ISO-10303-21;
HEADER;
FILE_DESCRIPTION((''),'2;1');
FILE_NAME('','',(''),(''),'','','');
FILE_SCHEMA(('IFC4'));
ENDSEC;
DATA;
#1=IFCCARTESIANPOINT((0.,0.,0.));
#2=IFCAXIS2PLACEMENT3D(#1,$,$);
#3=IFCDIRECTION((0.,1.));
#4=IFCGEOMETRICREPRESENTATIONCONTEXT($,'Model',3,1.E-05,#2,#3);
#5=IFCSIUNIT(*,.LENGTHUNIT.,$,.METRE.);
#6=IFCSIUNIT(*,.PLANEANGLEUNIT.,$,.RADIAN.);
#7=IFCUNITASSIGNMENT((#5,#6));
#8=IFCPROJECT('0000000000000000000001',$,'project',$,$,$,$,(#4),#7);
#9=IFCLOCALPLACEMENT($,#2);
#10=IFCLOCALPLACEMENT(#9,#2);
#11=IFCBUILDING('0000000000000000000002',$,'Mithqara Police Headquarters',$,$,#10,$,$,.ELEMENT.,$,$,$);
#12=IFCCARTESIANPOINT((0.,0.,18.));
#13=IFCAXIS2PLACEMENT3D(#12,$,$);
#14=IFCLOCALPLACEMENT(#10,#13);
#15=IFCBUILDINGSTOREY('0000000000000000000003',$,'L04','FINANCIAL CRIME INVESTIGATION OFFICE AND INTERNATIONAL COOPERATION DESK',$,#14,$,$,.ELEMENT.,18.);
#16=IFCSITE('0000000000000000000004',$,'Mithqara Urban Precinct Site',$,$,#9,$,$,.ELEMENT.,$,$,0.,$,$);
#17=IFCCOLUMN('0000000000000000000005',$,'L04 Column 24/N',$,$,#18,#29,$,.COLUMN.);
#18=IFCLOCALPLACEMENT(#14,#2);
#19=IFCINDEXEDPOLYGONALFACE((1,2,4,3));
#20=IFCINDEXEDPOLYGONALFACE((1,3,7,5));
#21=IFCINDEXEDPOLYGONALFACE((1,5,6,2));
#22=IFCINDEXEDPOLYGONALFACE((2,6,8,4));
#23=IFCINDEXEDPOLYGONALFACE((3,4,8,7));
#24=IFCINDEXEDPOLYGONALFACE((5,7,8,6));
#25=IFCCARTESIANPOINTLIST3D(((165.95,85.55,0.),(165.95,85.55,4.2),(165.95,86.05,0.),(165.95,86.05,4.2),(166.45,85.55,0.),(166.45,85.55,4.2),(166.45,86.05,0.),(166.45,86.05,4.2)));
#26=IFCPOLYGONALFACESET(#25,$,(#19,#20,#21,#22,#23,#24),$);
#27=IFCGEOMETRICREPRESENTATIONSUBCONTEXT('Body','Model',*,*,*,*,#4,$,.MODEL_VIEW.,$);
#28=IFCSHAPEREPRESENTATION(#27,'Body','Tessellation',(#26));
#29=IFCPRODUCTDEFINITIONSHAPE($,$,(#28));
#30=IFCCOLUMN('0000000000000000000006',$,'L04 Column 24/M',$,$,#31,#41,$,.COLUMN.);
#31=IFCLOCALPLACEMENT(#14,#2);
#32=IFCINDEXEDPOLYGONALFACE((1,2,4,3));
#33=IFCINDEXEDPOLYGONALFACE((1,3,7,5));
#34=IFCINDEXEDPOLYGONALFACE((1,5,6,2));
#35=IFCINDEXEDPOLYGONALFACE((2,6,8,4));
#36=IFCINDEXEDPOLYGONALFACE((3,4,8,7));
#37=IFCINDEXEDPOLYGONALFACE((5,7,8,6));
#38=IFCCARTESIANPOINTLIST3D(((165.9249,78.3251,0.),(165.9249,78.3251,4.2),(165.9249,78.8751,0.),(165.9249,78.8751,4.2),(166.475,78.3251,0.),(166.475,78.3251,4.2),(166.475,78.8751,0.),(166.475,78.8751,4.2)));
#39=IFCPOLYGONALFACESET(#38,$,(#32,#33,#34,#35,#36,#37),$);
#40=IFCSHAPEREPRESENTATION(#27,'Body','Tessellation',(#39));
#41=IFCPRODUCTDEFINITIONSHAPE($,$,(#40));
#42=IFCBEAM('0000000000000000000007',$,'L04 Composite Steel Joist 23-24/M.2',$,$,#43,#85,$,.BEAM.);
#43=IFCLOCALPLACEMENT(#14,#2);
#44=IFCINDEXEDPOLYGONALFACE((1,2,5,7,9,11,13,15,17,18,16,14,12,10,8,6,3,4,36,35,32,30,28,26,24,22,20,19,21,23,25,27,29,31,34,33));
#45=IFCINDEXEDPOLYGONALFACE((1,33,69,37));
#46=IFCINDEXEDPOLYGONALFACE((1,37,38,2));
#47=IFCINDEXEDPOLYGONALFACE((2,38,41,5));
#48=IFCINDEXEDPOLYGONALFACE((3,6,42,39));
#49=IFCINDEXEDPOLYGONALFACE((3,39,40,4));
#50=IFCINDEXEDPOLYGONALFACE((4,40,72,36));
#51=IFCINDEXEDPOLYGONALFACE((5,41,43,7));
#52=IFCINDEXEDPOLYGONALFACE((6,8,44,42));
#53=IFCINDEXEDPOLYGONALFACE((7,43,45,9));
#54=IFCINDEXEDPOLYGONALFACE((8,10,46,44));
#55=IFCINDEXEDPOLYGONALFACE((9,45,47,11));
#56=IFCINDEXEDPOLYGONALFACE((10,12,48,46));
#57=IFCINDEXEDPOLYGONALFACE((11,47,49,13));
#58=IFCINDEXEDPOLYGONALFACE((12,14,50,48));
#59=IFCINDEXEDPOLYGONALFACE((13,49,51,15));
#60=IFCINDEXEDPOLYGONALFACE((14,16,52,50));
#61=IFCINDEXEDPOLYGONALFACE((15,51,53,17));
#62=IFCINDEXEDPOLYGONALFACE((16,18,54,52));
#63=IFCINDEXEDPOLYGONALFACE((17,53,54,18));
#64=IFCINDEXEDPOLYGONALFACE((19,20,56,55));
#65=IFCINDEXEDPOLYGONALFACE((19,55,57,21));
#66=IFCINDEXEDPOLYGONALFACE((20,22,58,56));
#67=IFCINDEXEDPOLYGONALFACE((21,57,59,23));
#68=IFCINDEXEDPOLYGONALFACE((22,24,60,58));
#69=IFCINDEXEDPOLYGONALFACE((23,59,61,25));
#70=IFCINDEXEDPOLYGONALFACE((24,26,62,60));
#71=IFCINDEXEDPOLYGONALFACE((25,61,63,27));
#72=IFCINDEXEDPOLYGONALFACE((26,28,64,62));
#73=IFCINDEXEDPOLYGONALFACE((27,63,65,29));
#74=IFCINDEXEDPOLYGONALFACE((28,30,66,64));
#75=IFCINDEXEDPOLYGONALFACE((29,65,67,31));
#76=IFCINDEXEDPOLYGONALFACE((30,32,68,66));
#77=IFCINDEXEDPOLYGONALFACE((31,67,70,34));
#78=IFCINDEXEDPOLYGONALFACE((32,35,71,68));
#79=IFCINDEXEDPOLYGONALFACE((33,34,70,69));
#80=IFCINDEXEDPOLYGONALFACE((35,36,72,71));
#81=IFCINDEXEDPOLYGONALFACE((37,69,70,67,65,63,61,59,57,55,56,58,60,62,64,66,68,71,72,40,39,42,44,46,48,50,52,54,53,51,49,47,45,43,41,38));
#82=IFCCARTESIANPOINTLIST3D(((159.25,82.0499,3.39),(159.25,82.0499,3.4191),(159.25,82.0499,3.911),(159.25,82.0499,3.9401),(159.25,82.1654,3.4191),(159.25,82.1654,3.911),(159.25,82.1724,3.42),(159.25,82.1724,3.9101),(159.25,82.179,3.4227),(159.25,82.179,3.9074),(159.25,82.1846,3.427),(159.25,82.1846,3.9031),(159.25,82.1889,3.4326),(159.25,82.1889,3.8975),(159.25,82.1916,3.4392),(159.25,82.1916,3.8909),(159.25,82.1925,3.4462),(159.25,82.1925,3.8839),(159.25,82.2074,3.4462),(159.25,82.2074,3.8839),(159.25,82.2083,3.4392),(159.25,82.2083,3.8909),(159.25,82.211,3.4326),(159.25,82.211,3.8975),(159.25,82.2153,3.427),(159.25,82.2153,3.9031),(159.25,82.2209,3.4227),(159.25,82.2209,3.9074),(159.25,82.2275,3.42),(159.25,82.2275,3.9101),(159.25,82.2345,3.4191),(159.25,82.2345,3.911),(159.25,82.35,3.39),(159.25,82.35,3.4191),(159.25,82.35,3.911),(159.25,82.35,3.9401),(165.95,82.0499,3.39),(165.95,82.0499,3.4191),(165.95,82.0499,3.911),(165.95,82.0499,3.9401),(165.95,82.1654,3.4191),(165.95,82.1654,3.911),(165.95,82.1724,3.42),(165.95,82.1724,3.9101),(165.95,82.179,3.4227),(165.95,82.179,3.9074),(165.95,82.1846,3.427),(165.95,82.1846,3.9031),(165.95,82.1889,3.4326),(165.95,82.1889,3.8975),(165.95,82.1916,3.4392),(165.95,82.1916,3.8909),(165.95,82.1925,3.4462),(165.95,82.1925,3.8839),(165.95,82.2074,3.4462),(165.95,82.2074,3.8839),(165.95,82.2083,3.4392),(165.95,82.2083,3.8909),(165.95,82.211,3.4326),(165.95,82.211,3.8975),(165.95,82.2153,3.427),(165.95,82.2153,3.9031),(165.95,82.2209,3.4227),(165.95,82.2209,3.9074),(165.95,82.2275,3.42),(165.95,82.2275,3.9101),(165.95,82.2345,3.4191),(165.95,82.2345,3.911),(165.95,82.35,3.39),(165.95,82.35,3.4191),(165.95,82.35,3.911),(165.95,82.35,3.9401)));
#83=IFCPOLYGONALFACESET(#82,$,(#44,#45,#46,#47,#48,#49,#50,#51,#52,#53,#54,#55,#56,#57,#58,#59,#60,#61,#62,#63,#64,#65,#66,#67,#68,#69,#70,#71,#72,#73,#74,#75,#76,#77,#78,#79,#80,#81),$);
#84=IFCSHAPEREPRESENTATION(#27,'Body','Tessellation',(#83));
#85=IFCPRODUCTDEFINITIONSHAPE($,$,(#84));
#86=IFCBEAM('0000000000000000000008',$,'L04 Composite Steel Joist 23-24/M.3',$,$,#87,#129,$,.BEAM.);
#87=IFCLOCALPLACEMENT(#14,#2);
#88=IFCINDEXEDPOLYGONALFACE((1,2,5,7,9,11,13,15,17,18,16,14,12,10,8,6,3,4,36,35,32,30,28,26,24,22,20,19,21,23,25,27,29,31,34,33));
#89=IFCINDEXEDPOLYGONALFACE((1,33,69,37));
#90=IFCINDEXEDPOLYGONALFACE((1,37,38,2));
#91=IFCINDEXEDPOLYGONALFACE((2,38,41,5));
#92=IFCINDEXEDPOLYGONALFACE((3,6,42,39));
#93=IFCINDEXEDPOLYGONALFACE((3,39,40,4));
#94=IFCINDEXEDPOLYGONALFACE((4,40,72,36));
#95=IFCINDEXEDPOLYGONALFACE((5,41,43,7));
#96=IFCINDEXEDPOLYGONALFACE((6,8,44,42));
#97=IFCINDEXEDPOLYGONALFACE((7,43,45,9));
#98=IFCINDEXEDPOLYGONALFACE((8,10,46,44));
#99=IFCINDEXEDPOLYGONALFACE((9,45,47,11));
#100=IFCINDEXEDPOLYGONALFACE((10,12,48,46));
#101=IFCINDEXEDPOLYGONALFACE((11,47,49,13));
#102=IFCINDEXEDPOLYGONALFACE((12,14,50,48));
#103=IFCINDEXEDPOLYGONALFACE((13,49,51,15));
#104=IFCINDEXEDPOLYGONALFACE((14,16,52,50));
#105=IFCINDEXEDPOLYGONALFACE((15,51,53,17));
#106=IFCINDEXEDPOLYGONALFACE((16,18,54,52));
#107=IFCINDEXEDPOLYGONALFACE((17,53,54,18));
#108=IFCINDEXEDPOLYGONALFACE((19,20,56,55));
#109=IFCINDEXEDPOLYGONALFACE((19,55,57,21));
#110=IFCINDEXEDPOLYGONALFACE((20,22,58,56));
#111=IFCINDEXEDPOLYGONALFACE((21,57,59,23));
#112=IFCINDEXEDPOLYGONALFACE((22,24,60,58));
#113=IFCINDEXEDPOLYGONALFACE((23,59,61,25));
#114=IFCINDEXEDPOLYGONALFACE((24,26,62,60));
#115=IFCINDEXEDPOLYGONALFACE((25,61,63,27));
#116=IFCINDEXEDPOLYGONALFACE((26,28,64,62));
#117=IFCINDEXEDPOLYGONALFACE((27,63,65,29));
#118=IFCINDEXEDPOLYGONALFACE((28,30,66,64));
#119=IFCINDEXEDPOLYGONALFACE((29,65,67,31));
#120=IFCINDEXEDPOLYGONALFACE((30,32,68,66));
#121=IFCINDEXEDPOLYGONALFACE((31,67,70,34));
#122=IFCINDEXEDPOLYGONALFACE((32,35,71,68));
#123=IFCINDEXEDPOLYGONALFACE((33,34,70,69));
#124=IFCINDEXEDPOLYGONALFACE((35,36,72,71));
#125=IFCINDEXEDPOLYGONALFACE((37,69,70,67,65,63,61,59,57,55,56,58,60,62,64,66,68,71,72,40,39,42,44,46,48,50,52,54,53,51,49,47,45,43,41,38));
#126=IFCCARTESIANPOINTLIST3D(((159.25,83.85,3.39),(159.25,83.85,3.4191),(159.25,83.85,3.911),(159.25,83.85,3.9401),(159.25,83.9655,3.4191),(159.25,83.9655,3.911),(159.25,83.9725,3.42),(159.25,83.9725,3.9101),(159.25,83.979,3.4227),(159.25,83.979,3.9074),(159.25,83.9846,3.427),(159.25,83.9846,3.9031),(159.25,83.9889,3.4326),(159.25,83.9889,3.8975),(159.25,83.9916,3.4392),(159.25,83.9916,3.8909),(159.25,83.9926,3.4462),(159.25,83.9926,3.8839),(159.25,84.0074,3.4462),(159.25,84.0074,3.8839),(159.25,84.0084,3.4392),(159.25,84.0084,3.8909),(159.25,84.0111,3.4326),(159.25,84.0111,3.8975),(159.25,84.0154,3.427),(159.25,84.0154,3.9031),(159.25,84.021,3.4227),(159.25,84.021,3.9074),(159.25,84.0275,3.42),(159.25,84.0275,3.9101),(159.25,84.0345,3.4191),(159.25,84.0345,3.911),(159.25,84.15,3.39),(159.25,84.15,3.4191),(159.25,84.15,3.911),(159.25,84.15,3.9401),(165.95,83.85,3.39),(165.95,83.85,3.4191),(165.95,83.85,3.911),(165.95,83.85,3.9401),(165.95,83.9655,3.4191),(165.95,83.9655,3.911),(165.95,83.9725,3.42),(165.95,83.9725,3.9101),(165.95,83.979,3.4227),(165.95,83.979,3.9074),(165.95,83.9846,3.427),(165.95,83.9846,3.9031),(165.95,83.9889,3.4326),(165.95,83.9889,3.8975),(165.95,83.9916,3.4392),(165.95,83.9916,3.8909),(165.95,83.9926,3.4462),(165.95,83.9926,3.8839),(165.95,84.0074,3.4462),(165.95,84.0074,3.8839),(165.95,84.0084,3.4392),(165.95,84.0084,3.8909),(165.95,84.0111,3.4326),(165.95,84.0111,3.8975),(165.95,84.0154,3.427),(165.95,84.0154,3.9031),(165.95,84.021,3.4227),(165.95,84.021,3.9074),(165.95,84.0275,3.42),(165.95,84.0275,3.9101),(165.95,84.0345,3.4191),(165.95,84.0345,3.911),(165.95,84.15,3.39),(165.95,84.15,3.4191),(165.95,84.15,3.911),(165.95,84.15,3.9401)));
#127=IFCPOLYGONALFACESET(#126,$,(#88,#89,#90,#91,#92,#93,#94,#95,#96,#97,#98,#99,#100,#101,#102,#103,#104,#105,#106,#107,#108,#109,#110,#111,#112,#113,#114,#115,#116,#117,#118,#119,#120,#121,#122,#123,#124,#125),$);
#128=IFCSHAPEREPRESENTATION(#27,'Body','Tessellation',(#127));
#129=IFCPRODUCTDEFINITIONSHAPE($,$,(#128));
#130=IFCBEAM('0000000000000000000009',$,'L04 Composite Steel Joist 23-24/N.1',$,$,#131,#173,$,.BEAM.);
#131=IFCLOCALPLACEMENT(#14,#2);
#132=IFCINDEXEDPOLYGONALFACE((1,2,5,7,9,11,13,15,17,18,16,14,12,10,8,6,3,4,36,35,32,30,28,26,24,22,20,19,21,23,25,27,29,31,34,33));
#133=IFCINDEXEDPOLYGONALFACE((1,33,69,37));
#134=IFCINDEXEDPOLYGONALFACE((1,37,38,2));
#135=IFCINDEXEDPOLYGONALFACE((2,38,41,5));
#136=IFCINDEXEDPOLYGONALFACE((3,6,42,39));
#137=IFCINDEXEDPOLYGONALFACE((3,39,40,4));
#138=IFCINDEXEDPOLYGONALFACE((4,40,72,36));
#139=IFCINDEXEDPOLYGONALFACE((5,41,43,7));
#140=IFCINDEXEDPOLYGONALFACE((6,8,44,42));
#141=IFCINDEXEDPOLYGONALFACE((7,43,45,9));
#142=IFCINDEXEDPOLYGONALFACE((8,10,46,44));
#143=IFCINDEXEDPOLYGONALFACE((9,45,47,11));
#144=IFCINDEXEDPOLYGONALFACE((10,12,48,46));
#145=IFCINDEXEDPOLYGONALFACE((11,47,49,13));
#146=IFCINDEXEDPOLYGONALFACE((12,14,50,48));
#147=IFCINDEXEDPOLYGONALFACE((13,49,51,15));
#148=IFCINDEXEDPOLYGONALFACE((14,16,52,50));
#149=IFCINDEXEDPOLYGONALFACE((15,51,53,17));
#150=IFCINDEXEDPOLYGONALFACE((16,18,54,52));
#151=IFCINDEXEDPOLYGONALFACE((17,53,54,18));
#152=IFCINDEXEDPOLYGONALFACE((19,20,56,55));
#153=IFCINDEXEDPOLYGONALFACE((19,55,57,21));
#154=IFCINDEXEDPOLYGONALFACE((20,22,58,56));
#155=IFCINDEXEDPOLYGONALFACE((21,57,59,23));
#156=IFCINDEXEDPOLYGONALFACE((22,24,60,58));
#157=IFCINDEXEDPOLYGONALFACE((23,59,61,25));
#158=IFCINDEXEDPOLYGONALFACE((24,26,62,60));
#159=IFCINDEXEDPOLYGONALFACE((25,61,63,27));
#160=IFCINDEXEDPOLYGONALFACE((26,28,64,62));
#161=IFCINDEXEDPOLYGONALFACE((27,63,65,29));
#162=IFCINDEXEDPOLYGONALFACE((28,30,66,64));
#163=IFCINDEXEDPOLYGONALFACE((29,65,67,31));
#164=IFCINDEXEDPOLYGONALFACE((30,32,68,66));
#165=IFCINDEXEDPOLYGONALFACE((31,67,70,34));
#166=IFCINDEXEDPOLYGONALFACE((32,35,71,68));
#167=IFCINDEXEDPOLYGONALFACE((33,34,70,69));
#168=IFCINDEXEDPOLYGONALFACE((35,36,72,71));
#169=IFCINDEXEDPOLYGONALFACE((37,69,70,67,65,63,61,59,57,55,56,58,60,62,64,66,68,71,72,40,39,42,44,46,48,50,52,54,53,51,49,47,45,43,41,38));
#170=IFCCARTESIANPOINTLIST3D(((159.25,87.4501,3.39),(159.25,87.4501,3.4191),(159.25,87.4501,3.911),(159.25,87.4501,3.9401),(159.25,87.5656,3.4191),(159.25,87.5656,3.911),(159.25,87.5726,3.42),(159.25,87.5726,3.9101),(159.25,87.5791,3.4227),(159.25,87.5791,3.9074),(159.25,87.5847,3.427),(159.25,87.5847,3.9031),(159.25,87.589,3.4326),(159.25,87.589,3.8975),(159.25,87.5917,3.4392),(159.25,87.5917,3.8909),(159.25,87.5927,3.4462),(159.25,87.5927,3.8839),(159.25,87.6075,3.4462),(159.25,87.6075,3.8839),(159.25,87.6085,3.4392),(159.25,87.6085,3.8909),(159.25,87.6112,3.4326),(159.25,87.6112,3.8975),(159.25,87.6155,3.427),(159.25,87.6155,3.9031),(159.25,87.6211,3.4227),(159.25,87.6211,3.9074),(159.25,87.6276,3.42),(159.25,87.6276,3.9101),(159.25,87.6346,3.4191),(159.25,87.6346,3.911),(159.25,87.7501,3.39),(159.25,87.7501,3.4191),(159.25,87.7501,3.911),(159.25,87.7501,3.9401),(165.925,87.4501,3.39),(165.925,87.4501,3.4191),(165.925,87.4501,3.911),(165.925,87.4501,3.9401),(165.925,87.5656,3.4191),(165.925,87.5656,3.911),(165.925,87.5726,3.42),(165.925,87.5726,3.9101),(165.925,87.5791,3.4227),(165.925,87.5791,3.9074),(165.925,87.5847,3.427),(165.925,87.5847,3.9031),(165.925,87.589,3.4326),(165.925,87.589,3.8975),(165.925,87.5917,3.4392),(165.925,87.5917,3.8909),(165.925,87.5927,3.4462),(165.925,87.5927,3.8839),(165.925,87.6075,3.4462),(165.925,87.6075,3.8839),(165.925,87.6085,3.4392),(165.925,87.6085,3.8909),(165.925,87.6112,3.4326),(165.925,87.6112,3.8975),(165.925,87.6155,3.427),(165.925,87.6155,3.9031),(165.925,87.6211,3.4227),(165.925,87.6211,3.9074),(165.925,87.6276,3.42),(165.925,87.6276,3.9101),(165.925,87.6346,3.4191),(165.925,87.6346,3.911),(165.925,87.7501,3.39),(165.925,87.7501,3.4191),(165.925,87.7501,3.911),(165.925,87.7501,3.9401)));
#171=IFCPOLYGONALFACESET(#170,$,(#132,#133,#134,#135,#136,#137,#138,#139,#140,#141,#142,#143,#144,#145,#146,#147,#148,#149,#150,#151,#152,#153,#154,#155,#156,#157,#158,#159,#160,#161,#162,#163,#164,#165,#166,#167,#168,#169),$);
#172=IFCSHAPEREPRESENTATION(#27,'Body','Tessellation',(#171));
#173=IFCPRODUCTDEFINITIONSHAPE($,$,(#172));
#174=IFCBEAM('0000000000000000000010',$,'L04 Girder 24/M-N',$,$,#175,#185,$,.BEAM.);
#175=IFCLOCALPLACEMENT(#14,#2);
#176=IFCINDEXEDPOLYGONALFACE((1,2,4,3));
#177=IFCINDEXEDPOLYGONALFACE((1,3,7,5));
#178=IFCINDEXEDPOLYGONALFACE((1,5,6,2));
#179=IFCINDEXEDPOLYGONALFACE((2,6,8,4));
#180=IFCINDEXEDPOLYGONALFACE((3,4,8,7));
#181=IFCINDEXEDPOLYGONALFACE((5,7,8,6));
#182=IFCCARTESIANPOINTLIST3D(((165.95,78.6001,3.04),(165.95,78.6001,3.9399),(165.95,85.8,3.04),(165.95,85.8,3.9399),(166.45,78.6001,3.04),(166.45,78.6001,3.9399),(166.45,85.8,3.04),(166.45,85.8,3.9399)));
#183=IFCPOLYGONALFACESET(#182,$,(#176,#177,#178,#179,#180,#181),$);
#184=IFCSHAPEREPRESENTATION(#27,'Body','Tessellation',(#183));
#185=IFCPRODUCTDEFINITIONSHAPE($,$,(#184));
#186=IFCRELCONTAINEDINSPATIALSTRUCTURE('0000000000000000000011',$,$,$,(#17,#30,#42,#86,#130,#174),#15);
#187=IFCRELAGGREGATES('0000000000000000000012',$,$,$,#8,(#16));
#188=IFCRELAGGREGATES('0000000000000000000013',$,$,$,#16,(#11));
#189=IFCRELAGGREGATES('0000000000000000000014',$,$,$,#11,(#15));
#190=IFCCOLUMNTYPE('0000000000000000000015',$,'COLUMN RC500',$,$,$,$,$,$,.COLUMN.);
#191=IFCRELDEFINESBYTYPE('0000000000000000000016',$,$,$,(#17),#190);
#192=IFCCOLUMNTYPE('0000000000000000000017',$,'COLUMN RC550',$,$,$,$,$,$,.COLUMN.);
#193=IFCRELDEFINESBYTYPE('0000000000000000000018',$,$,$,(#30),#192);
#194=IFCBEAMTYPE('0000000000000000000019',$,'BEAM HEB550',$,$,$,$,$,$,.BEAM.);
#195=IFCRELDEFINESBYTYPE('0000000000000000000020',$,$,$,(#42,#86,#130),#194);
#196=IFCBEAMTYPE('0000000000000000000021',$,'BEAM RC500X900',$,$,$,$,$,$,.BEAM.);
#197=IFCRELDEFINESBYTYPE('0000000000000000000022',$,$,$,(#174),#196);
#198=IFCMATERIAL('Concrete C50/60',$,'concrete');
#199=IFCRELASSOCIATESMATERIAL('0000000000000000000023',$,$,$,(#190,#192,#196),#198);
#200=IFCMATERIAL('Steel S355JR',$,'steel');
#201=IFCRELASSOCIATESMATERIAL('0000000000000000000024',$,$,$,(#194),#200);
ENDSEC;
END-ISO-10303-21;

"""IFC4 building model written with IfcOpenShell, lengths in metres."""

from ifc_helpers import new_model, si_unit, direction, frame, origin, origin_2d, place, context, subcontext, project, spatial, rectangle, i_section, extrude, material, material_profile, profile_set, type_object, element, save


model = new_model("IFC4")

# Units and contexts
model_context = context("Model", 3, precision=1e-05, world=origin(), true_north=direction((0.0, 1.0)))
body_context = subcontext(model_context, "Body", "Model", "MODEL_VIEW")
ifc_project = project(units=[si_unit("LENGTHUNIT", "METRE"), si_unit("PLANEANGLEUNIT", "RADIAN")], contexts=[model_context])

# Site, building, storey
site_placement = place(None, origin())
site = spatial("IfcSite", under=ifc_project, at=site_placement, Name="Mithqara Urban Precinct Site", CompositionType="ELEMENT", RefElevation=0.0)
building_placement = place(site_placement, origin())
building = spatial("IfcBuilding", under=site, at=building_placement, Name="Mithqara Police Headquarters", CompositionType="ELEMENT")
storey_placement = place(building_placement, frame((0.0, 0.0, 18.0)))
storey = spatial("IfcBuildingStorey", under=building, at=storey_placement, Name="L04", Description="FINANCIAL CRIME INVESTIGATION OFFICE AND INTERNATIONAL COOPERATION DESK", CompositionType="ELEMENT", Elevation=18.0)

# Columns
ifc_material_1 = material(Name="Concrete C50/60", Category="concrete")
ifc_material_profile_1 = material_profile(ifc_material_1, rectangle(XDim=0.5, YDim=0.5, at=origin_2d()), Name="RC 500x500")
ifc_profile_set_1 = profile_set([ifc_material_profile_1], Name="Concrete C50/60")
column_type_1 = type_object("IfcColumnType", Name="COLUMN RC500", PredefinedType="COLUMN", material=ifc_profile_set_1)
column_1_placement = place(storey_placement, frame((166.2, 85.8, 0.0), z_axis=(0.0, 0.0, 1.0), x_axis=(1.0, 0.0, 0.0)))
element("IfcColumn", 1, at=column_1_placement, inside=storey, type_object=column_type_1, Name="L04 Column 24/N", PredefinedType="COLUMN", context=body_context, shape_type="SweptSolid", body=[
    extrude(rectangle(XDim=0.5, YDim=0.5, at=origin_2d()), origin(), (0.0, 0.0, 1.0), 4.2),
])
ifc_material_profile_2 = material_profile(ifc_material_1, rectangle(XDim=0.55, YDim=0.55, at=origin_2d()), Name="RC 550x550")
ifc_profile_set_2 = profile_set([ifc_material_profile_2], Name="Concrete C50/60")
column_type_2 = type_object("IfcColumnType", Name="COLUMN RC550", PredefinedType="COLUMN", material=ifc_profile_set_2)
column_2_placement = place(storey_placement, frame((166.2, 78.6001, 0.0), z_axis=(0.0, 0.0, 1.0), x_axis=(1.0, 0.0, 0.0)))
element("IfcColumn", 2, at=column_2_placement, inside=storey, type_object=column_type_2, Name="L04 Column 24/M", PredefinedType="COLUMN", context=body_context, shape_type="SweptSolid", body=[
    extrude(rectangle(XDim=0.55, YDim=0.55, at=origin_2d()), origin(), (0.0, 0.0, 1.0), 4.2),
])

# Beams
ifc_material_2 = material(Name="Steel S355JR", Category="steel")
ifc_material_profile_3 = material_profile(ifc_material_2, i_section(OverallWidth=0.3, OverallDepth=0.55, WebThickness=0.0149, FlangeThickness=0.0291, FilletRadius=0.0271, at=origin_2d()), Name="HEB 550")
ifc_profile_set_3 = profile_set([ifc_material_profile_3], Name="Steel S355JR")
beam_type_1 = type_object("IfcBeamType", Name="BEAM HEB550", PredefinedType="BEAM", material=ifc_profile_set_3)
for number, where, z_axis, x_axis, name in (
    (3, (159.25, 82.2, 3.665), (1.0, 0.0, 0.0), (0.0, 1.0, 0.0), "L04 Composite Steel Joist 23-24/M.2"),
    (4, (159.25, 84.0, 3.665), (1.0, 0.0, 0.0), (0.0, 1.0, 0.0), "L04 Composite Steel Joist 23-24/M.3"),
):
    element("IfcBeam", number, at=place(storey_placement, frame(where, z_axis=z_axis, x_axis=x_axis)), inside=storey, type_object=beam_type_1, Name=name, PredefinedType="BEAM", context=body_context, shape_type="SweptSolid", body=[
        extrude(i_section(OverallWidth=0.3, OverallDepth=0.55, WebThickness=0.0149, FlangeThickness=0.0291, FilletRadius=0.0271, at=origin_2d()), origin(), (0.0, 0.0, 1.0), 6.7),
    ])
beam_1_placement = place(storey_placement, frame((159.25, 87.6001, 3.665), z_axis=(1.0, 0.0, 0.0), x_axis=(0.0, 1.0, 0.0)))
element("IfcBeam", 5, at=beam_1_placement, inside=storey, type_object=beam_type_1, Name="L04 Composite Steel Joist 23-24/N.1", PredefinedType="BEAM", context=body_context, shape_type="SweptSolid", body=[
    extrude(i_section(OverallWidth=0.3, OverallDepth=0.55, WebThickness=0.0149, FlangeThickness=0.0291, FilletRadius=0.0271, at=origin_2d()), origin(), (0.0, 0.0, 1.0), 6.675),
])
ifc_material_profile_4 = material_profile(ifc_material_1, rectangle(XDim=0.5, YDim=0.8999, at=origin_2d()), Name="RC 500x900")
ifc_profile_set_4 = profile_set([ifc_material_profile_4], Name="Concrete C50/60")
beam_type_2 = type_object("IfcBeamType", Name="BEAM RC500X900", PredefinedType="BEAM", material=ifc_profile_set_4)
beam_2_placement = place(storey_placement, frame((166.2, 78.6001, 3.49), z_axis=(0.0, 1.0, 0.0), x_axis=(-1.0, 0.0, 0.0)))
element("IfcBeam", 6, at=beam_2_placement, inside=storey, type_object=beam_type_2, Name="L04 Girder 24/M-N", PredefinedType="BEAM", context=body_context, shape_type="SweptSolid", body=[
    extrude(rectangle(XDim=0.5, YDim=0.8999, at=origin_2d()), origin(), (0.0, 0.0, 1.0), 7.2),
])

save(model, "model.ifc")
